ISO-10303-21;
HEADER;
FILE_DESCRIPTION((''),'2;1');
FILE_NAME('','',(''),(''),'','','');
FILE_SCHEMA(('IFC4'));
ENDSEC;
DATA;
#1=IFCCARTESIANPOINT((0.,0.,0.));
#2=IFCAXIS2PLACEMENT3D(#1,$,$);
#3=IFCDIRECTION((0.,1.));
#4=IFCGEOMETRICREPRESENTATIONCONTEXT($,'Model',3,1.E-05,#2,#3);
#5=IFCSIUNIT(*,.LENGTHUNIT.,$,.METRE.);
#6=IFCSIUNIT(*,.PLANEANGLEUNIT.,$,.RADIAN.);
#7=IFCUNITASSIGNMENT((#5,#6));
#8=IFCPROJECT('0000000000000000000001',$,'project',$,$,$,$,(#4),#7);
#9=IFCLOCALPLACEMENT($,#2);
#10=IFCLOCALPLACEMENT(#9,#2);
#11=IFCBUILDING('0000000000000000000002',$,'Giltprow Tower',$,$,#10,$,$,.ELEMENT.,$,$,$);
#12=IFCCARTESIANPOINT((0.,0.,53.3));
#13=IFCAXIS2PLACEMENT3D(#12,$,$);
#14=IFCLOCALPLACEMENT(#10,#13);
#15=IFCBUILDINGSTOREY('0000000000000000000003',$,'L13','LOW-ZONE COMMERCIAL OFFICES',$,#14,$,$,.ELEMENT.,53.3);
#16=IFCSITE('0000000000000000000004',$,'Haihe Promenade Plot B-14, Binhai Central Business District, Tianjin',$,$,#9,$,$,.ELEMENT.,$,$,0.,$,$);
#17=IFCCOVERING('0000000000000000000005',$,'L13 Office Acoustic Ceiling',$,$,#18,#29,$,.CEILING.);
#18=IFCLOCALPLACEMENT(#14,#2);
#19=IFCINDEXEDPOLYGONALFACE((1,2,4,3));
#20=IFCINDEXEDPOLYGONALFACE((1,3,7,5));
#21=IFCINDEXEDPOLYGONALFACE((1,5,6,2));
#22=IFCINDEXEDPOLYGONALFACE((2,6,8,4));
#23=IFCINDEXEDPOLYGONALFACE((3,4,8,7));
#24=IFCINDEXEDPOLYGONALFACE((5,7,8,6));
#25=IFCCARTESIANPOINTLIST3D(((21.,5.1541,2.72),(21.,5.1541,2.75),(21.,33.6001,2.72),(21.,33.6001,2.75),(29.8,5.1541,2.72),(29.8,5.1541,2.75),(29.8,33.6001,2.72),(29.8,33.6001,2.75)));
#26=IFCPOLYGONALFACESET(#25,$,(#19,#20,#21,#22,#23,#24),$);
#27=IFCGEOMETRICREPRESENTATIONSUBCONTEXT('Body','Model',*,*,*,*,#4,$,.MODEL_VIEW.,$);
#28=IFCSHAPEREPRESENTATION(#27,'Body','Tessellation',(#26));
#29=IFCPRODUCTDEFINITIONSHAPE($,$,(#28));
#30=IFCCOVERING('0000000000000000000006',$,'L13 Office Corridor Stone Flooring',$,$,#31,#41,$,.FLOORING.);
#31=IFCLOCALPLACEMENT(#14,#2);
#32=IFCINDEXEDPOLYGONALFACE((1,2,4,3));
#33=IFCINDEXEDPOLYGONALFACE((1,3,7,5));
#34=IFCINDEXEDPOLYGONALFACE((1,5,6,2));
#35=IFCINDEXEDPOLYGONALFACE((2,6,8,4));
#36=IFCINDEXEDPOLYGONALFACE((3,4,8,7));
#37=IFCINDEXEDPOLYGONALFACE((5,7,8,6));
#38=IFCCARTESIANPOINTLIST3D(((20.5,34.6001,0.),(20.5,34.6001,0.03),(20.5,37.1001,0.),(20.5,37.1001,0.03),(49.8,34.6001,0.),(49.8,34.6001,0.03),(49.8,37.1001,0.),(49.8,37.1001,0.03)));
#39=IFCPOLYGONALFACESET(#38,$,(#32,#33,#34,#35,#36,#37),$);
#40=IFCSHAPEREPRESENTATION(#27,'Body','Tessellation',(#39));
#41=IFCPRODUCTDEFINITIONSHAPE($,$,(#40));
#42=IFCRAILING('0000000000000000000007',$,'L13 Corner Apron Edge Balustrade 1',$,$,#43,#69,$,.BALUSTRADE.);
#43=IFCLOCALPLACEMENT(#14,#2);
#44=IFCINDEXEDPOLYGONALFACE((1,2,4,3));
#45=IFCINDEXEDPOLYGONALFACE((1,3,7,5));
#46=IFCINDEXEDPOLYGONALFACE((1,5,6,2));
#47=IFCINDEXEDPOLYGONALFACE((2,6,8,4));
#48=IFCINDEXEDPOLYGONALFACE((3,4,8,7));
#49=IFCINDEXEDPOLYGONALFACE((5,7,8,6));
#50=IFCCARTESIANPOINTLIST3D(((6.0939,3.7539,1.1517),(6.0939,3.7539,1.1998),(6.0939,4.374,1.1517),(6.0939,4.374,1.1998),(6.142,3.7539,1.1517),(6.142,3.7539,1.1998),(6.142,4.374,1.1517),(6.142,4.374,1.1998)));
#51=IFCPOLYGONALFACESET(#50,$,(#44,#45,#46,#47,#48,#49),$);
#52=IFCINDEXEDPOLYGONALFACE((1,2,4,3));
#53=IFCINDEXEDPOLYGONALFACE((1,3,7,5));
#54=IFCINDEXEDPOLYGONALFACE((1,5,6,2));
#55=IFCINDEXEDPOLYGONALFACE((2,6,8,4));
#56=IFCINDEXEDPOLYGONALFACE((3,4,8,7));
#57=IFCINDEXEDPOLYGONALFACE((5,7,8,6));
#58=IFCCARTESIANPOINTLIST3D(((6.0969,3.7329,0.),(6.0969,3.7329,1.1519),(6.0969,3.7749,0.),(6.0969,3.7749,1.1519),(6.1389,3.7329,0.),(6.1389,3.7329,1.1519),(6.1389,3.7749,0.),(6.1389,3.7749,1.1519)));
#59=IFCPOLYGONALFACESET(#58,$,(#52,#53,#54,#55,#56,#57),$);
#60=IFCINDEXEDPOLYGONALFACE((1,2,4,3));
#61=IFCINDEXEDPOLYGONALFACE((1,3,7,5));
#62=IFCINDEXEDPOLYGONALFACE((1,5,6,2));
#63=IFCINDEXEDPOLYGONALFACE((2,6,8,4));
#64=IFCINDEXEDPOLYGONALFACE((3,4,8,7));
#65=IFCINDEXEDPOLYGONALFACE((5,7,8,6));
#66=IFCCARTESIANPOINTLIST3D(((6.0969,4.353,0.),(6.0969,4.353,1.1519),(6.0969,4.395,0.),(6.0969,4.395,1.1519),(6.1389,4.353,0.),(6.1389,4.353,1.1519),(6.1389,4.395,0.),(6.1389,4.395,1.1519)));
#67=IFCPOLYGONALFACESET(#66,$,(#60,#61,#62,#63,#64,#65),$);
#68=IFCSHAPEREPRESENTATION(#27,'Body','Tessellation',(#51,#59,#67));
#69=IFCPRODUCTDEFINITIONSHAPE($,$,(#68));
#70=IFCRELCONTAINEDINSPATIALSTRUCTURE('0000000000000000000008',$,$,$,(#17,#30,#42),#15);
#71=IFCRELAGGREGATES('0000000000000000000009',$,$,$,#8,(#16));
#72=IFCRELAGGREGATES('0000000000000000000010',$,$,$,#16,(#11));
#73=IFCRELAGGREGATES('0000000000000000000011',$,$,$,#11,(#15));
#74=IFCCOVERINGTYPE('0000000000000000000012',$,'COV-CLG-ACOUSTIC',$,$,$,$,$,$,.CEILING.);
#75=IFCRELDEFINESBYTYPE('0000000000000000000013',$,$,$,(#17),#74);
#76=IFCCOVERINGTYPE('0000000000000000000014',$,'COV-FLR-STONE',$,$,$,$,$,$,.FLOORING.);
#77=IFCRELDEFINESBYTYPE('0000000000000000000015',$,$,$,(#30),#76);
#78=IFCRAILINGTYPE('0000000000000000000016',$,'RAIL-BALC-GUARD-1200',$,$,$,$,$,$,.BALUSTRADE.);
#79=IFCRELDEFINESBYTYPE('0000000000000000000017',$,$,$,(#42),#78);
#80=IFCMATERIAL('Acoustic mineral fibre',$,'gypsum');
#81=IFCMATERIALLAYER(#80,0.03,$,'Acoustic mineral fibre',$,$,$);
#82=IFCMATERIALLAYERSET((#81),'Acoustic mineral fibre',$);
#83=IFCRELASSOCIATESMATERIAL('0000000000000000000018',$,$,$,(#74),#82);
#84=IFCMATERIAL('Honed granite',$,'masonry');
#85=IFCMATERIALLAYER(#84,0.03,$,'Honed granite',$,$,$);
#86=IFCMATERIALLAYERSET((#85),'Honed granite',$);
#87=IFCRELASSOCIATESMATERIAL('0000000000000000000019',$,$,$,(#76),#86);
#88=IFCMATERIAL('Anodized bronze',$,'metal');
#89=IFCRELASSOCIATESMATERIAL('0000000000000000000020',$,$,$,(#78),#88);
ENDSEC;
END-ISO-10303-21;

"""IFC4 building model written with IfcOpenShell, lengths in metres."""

from ifc_helpers import new_model, si_unit, direction, frame, origin, origin_2d, place, context, subcontext, project, spatial, polyline, rectangle, outline, extrude, material, layer, layer_set, type_object, element, save


model = new_model("IFC4")

# Units and contexts
model_context = context("Model", 3, precision=1e-05, world=origin(), true_north=direction((0.0, 1.0)))
body_context = subcontext(model_context, "Body", "Model", "MODEL_VIEW")
ifc_project = project(units=[si_unit("LENGTHUNIT", "METRE"), si_unit("PLANEANGLEUNIT", "RADIAN")], contexts=[model_context])

# Site, building, storey
site_placement = place(None, origin())
site = spatial("IfcSite", under=ifc_project, at=site_placement, Name="Haihe Promenade Plot B-14, Binhai Central Business District, Tianjin", CompositionType="ELEMENT", RefElevation=0.0)
building_placement = place(site_placement, origin())
building = spatial("IfcBuilding", under=site, at=building_placement, Name="Giltprow Tower", CompositionType="ELEMENT")
storey_placement = place(building_placement, frame((0.0, 0.0, 53.3)))
storey = spatial("IfcBuildingStorey", under=building, at=storey_placement, Name="L13", Description="LOW-ZONE COMMERCIAL OFFICES", CompositionType="ELEMENT", Elevation=53.3)

# Shared definitions
ifc_material_1 = material(Name="Anodized bronze", Category="metal")

# Coverings
ifc_material_2 = material(Name="Acoustic mineral fibre", Category="gypsum")
ifc_layer_1 = layer(ifc_material_2, 0.03, Name="Acoustic mineral fibre")
ifc_layer_set_1 = layer_set([ifc_layer_1], Name="Acoustic mineral fibre")
covering_type_1 = type_object("IfcCoveringType", Name="COV-CLG-ACOUSTIC", PredefinedType="CEILING", material=ifc_layer_set_1)
covering_1_placement = place(storey_placement, frame((0.0, 0.0, 2.72)))
element("IfcCovering", 1, at=covering_1_placement, inside=storey, type_object=covering_type_1, Name="L13 Office Acoustic Ceiling", PredefinedType="CEILING", context=body_context, shape_type="SweptSolid", body=[
    extrude(outline(polyline([(21.0, 5.1541), (29.8, 5.1541), (29.8, 33.6001), (21.0, 33.6001), (21.0, 5.1541)])), origin(), (0.0, 0.0, 1.0), 0.03),
])
ifc_material_3 = material(Name="Honed granite", Category="masonry")
ifc_layer_2 = layer(ifc_material_3, 0.03, Name="Honed granite")
ifc_layer_set_2 = layer_set([ifc_layer_2], Name="Honed granite")
covering_type_2 = type_object("IfcCoveringType", Name="COV-FLR-STONE", PredefinedType="FLOORING", material=ifc_layer_set_2)
covering_2_placement = place(storey_placement, origin())
element("IfcCovering", 2, at=covering_2_placement, inside=storey, type_object=covering_type_2, Name="L13 Office Corridor Stone Flooring", PredefinedType="FLOORING", context=body_context, shape_type="SweptSolid", body=[
    extrude(outline(polyline([(20.5, 34.6001), (49.8, 34.6001), (49.8, 37.1001), (20.5, 37.1001), (20.5, 34.6001)])), origin(), (0.0, 0.0, 1.0), 0.03),
])

# Railing
railing_type = type_object("IfcRailingType", Name="RAIL-BALC-GUARD-1200", PredefinedType="BALUSTRADE", material=ifc_material_1)
railing_placement = place(storey_placement, frame((6.1179, 3.7539, 0.0)))
element("IfcRailing", 3, at=railing_placement, inside=storey, type_object=railing_type, Name="L13 Corner Apron Edge Balustrade 1", PredefinedType="BALUSTRADE", context=body_context, shape_type="SweptSolid", body=[
    extrude(rectangle(XDim=0.0481, YDim=0.0481, at=origin_2d()), frame((0.0, 0.0, 1.1758), z_axis=(0.0, 1.0, 0.0), x_axis=(-1.0, 0.0, 0.0)), (0.0, 0.0, 1.0), 0.6201),
    extrude(rectangle(XDim=0.042, YDim=0.042, at=origin_2d()), origin(), (0.0, 0.0, 1.0), 1.1519),
    extrude(rectangle(XDim=0.042, YDim=0.042, at=origin_2d()), frame((0.0, 0.6201, 0.0)), (0.0, 0.0, 1.0), 1.1519),
])

save(model, "model.ifc")
